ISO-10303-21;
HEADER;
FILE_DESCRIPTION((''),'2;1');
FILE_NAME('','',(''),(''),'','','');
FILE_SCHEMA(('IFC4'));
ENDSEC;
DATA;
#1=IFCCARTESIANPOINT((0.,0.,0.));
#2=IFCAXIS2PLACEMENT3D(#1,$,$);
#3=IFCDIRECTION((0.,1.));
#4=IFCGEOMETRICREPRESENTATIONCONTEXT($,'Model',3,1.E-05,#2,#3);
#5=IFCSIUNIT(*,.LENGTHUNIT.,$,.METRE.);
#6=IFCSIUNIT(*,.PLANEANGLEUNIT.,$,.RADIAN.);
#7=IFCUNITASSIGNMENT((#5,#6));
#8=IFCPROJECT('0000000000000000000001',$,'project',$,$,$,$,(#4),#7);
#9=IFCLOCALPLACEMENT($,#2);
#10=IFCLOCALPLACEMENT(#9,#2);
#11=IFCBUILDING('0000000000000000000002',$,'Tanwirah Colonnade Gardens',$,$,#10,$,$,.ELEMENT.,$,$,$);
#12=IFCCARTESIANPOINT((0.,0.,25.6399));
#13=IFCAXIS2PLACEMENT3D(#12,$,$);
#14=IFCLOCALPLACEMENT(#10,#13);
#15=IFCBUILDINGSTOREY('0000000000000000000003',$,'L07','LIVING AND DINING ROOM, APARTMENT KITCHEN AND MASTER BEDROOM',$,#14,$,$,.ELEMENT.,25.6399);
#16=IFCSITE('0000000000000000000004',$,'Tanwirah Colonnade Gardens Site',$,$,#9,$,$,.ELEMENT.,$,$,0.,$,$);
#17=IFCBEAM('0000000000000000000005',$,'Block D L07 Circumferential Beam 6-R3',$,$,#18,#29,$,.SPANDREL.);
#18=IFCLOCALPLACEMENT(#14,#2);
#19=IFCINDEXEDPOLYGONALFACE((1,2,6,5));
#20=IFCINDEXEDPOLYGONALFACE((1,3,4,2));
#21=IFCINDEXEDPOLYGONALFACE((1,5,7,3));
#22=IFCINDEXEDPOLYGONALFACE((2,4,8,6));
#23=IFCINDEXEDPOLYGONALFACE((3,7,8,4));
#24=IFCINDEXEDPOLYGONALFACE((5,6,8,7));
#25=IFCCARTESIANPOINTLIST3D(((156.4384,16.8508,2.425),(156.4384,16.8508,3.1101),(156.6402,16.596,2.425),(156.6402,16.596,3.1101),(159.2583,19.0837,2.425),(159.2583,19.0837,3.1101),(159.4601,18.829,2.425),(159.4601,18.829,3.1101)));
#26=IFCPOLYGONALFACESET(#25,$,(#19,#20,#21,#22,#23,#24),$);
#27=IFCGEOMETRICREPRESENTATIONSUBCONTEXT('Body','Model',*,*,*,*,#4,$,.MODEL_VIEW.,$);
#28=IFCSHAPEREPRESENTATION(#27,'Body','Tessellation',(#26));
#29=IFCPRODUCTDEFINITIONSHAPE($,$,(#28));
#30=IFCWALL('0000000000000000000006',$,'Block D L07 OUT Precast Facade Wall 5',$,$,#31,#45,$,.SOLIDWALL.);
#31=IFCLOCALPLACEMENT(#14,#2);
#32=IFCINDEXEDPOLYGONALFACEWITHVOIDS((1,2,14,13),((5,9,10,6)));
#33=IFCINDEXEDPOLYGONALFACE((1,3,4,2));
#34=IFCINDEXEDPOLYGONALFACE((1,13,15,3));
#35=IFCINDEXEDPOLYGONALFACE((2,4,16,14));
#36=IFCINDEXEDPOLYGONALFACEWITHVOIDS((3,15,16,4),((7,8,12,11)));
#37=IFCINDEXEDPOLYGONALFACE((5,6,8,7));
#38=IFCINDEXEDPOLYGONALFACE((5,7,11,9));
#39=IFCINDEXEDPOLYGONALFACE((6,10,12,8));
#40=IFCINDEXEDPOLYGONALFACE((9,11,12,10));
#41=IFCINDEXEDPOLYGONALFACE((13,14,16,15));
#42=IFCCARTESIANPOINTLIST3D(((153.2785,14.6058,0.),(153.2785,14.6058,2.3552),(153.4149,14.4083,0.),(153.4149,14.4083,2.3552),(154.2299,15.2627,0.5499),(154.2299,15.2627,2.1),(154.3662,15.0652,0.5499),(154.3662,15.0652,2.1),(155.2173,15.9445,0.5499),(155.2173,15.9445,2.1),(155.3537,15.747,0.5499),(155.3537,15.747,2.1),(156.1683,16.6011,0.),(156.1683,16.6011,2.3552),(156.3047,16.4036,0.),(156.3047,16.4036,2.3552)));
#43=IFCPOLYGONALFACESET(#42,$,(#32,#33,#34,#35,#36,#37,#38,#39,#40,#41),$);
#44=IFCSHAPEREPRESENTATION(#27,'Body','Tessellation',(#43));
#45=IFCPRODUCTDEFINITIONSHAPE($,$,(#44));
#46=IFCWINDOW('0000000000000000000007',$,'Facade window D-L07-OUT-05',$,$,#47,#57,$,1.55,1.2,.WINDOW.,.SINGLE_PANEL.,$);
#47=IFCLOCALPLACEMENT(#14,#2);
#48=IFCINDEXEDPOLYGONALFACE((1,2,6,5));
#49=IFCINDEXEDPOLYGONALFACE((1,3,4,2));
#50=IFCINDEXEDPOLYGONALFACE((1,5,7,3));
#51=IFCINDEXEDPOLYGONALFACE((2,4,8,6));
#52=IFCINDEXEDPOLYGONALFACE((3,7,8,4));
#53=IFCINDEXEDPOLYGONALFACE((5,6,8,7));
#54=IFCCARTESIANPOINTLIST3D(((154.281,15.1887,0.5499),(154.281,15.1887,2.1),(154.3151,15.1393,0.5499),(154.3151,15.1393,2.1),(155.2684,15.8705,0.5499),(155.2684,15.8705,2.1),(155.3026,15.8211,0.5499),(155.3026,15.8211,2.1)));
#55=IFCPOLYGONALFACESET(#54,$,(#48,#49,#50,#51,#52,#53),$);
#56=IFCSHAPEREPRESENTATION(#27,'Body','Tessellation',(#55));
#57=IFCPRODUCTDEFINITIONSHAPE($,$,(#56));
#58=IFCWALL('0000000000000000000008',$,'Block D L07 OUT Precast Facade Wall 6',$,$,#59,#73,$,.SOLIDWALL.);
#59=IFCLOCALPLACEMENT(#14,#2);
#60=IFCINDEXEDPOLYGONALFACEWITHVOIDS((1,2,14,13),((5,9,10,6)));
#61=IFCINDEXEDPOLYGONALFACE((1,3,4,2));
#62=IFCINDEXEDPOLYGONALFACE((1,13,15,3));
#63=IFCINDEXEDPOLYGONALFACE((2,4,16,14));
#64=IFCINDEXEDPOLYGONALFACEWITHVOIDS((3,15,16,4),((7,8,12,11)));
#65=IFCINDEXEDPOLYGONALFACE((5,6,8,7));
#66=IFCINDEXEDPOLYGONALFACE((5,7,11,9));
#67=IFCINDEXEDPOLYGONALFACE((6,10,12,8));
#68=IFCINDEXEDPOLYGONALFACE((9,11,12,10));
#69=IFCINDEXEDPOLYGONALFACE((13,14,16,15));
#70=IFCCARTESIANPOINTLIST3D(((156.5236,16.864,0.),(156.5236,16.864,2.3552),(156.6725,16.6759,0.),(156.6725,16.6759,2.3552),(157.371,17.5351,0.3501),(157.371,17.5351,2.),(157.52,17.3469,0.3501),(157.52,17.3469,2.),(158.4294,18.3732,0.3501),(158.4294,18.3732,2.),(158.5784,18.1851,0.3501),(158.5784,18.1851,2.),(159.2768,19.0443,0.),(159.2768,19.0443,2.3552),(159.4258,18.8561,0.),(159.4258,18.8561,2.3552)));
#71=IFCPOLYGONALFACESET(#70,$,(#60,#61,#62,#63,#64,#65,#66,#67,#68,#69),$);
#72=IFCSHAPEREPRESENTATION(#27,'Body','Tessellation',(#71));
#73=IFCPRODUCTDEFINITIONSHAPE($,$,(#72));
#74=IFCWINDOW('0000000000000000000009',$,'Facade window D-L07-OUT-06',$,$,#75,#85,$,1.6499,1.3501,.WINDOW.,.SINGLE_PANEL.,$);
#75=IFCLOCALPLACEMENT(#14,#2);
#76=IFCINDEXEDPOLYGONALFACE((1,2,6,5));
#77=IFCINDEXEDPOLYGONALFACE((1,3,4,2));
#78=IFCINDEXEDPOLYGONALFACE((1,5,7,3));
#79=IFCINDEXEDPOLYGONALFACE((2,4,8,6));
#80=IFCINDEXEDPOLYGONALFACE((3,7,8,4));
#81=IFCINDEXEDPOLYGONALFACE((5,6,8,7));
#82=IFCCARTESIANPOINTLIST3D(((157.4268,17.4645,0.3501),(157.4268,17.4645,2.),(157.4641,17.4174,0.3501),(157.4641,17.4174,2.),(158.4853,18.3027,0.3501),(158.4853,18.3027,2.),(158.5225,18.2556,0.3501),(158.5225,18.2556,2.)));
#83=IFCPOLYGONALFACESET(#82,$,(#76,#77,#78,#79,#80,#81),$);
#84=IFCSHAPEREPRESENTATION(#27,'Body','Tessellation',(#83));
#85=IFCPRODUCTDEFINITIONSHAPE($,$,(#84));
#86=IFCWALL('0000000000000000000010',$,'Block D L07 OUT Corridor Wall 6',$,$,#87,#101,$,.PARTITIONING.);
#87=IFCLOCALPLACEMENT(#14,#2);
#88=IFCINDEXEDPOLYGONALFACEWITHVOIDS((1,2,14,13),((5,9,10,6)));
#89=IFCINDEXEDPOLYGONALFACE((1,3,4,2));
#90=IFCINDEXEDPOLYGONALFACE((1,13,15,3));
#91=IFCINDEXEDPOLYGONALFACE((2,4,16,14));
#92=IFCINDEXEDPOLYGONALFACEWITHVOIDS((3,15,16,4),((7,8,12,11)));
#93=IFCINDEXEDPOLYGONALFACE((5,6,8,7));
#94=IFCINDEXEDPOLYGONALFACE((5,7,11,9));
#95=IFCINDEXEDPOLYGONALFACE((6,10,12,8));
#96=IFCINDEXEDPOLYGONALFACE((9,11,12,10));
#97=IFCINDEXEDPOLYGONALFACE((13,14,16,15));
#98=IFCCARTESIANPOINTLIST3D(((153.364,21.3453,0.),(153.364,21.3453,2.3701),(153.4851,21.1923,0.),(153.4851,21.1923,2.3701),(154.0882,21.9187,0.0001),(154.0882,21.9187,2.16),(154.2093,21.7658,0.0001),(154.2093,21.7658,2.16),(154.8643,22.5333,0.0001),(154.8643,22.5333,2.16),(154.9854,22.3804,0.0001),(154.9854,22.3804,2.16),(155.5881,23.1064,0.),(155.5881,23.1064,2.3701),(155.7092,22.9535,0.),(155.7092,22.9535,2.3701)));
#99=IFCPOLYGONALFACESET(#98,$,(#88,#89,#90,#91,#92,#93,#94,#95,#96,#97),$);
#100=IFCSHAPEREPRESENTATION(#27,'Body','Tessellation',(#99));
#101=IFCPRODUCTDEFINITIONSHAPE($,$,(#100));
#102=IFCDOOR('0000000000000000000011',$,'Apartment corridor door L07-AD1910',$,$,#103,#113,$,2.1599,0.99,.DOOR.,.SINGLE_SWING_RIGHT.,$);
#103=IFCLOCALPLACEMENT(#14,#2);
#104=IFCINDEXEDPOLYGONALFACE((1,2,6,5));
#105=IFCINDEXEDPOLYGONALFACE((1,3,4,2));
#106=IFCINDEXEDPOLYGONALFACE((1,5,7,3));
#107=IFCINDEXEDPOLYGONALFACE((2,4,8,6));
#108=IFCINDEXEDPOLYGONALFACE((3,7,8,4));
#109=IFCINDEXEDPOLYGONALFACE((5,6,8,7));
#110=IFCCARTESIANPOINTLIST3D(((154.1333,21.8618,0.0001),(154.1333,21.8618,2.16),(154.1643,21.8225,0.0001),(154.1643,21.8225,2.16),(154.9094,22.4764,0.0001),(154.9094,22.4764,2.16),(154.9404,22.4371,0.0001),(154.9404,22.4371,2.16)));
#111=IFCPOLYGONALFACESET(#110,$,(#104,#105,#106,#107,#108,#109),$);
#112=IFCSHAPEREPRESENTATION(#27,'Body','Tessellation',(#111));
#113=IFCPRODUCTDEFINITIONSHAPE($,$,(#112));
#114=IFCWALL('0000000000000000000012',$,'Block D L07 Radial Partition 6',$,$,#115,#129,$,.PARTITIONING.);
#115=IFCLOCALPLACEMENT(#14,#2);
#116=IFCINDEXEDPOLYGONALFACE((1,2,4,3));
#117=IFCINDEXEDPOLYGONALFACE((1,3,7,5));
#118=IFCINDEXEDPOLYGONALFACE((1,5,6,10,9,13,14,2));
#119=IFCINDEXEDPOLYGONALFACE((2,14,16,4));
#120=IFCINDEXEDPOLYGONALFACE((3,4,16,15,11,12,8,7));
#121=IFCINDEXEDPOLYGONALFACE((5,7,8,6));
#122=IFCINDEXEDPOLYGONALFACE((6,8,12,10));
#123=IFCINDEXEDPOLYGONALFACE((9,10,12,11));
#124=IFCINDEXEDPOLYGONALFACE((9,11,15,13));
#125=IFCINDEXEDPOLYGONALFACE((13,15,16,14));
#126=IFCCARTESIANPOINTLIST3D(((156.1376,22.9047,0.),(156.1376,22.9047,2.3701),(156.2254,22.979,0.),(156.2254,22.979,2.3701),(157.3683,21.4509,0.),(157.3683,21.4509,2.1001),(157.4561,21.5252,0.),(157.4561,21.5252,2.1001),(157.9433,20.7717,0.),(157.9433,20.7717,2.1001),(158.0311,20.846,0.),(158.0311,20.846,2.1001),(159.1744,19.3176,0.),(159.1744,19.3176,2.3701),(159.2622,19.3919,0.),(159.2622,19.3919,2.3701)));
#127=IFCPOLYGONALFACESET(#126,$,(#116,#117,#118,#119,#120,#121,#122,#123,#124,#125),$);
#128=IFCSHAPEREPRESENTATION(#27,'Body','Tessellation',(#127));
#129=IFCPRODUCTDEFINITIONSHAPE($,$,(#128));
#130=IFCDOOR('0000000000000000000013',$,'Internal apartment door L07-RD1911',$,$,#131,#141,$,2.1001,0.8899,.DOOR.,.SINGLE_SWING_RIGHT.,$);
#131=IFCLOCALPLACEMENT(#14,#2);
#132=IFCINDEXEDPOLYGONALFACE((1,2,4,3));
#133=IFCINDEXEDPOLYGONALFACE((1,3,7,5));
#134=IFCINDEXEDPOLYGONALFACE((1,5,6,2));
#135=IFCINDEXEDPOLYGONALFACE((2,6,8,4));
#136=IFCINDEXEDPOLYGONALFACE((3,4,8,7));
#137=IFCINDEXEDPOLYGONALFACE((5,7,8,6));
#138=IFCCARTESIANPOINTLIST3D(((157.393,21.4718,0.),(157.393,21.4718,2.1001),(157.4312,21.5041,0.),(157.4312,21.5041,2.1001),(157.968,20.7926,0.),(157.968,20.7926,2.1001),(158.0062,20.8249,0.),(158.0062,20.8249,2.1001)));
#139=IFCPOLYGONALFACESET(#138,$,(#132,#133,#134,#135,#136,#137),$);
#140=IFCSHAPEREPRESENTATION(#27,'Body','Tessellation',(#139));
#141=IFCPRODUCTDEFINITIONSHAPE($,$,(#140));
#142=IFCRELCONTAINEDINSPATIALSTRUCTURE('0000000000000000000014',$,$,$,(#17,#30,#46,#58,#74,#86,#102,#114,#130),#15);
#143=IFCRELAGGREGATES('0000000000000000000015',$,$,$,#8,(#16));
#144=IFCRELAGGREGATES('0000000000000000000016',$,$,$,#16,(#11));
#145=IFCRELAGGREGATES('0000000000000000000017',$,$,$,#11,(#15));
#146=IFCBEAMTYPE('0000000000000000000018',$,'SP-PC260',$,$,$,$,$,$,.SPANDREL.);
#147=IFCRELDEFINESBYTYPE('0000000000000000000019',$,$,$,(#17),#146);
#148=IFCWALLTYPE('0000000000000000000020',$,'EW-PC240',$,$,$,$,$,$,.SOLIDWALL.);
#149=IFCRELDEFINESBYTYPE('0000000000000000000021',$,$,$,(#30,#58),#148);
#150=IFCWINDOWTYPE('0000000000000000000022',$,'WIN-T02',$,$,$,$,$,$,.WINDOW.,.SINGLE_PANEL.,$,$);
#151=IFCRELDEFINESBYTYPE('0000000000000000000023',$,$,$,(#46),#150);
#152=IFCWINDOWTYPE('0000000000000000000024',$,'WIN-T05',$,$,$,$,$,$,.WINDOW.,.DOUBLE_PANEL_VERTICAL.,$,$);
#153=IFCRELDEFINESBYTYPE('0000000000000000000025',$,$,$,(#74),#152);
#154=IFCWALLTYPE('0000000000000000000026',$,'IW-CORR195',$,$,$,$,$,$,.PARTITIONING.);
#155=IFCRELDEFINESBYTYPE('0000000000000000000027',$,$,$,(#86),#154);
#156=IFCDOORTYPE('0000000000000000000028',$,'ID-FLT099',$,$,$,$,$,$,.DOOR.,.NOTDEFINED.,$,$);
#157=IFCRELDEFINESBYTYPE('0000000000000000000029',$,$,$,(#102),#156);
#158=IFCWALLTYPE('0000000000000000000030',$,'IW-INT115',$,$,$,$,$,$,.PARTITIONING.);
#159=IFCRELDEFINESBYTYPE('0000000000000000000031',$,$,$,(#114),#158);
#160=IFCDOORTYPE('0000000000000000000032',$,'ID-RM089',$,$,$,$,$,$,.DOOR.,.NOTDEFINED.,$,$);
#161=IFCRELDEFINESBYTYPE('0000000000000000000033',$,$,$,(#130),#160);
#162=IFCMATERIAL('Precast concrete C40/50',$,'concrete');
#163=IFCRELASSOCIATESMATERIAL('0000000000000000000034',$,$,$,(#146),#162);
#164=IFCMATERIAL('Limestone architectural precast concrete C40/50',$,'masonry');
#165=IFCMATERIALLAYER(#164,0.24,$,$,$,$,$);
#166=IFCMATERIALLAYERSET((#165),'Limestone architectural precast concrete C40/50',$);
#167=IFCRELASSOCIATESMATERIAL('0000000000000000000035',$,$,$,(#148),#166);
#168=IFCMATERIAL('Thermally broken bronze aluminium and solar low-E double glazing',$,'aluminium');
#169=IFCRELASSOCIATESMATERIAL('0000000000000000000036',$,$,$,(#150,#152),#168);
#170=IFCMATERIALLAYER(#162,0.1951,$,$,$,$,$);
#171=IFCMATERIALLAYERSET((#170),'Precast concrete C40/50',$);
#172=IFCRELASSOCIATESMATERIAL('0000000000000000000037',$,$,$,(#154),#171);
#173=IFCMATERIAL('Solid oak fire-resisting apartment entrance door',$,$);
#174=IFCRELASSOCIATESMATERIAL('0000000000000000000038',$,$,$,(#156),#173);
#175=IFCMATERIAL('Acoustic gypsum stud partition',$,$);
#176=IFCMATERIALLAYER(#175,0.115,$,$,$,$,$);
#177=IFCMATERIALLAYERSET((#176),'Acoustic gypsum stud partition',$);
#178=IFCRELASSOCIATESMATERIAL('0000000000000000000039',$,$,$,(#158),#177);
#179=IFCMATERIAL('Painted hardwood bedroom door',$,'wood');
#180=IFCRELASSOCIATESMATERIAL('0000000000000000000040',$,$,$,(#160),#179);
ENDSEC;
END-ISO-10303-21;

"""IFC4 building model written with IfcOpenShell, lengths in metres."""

from ifc_helpers import new_model, si_unit, direction, frame, frame_2d, origin, origin_2d, place, context, subcontext, project, spatial, rectangle, extrude, material, layer, layer_set, material_profile, profile_set, type_object, element, fill, save


model = new_model("IFC4")

# Units and contexts
model_context = context("Model", 3, precision=1e-05, world=origin(), true_north=direction((0.0, 1.0)))
body_context = subcontext(model_context, "Body", "Model", "MODEL_VIEW")
ifc_project = project(units=[si_unit("LENGTHUNIT", "METRE"), si_unit("PLANEANGLEUNIT", "RADIAN")], contexts=[model_context])

# Site, building, storey
site_placement = place(None, origin())
site = spatial("IfcSite", under=ifc_project, at=site_placement, Name="Tanwirah Colonnade Gardens Site", CompositionType="ELEMENT", RefElevation=0.0)
building_placement = place(site_placement, origin())
building = spatial("IfcBuilding", under=site, at=building_placement, Name="Tanwirah Colonnade Gardens", CompositionType="ELEMENT")
storey_placement = place(building_placement, frame((0.0, 0.0, 25.6399)))
storey = spatial("IfcBuildingStorey", under=building, at=storey_placement, Name="L07", Description="LIVING AND DINING ROOM, APARTMENT KITCHEN AND MASTER BEDROOM", CompositionType="ELEMENT", Elevation=25.6399)

# Shared definitions
ifc_material_1 = material(Name="Precast concrete C40/50", Category="concrete")

# Beam
ifc_material_profile_1 = material_profile(ifc_material_1, rectangle(XDim=0.325, YDim=0.6851, at=origin_2d()), Name="PC-SP 325x685")
ifc_profile_set_1 = profile_set([ifc_material_profile_1], Name="Precast concrete C40/50")
beam_type_1 = type_object("IfcBeamType", Name="SP-PC260", PredefinedType="SPANDREL", material=ifc_profile_set_1)
for number, where, z_axis, x_axis, name in (
    (1, (156.5393, 16.7234, 2.7676), (0.783971, 0.620797, 0.0), (-0.620797, 0.783971, 0.0), "Block D L07 Circumferential Beam 6-R3"),
):
    element("IfcBeam", number, at=place(storey_placement, frame(where, z_axis=z_axis, x_axis=x_axis)), inside=storey, type_object=beam_type_1, Name=name, PredefinedType="SPANDREL", context=body_context, shape_type="SweptSolid", body=[
        extrude(rectangle(XDim=0.325, YDim=0.6851, at=origin_2d()), origin(), (0.0, 0.0, 1.0), 3.5969),
    ])

# Walls, openings, windows
ifc_material_2 = material(Name="Limestone architectural precast concrete C40/50", Category="masonry")
ifc_layer_1 = layer(ifc_material_2, 0.24)
ifc_layer_set_1 = layer_set([ifc_layer_1], Name="Limestone architectural precast concrete C40/50")
wall_type_1 = type_object("IfcWallType", Name="EW-PC240", PredefinedType="SOLIDWALL", material=ifc_layer_set_1)
wall_1_placement = place(storey_placement, frame((153.3467, 14.5071, 0.0), z_axis=(0.0, 0.0, 1.0), x_axis=(0.822902, 0.568183, 0.0)))
wall_1 = element("IfcWall", 2, at=wall_1_placement, inside=storey, type_object=wall_type_1, Name="Block D L07 OUT Precast Facade Wall 5", PredefinedType="SOLIDWALL", context=body_context, shape_type="SweptSolid", body=[
    extrude(rectangle(XDim=3.5117, YDim=0.24, at=frame_2d((1.7559, 0.0))), origin(), (0.0, 0.0, 1.0), 2.3552),
])
opening_1_placement = place(wall_1_placement, frame((1.156, 0.0, 0.55)))
opening_1 = element("IfcOpeningElement", 3, at=opening_1_placement, cuts=wall_1, PredefinedType="OPENING", context=body_context, shape_type="SweptSolid", body=[
    extrude(rectangle(XDim=1.2, YDim=1.55, at=frame_2d((0.6001, 0.7749))), frame((0.0, 0.1299, 0.0), z_axis=(0.0, -1.0, 0.0), x_axis=(1.0, 0.0, 0.0)), (0.0, 0.0, 1.0), 0.26),
])
ifc_material_3 = material(Name="Thermally broken bronze aluminium and solar low-E double glazing", Category="aluminium")
window_type_1 = type_object("IfcWindowType", Name="WIN-T02", PartitioningType="SINGLE_PANEL", PredefinedType="WINDOW", material=ifc_material_3)
window_1_placement = place(opening_1_placement, origin())
window_1 = element("IfcWindow", 4, at=window_1_placement, inside=storey, type_object=window_type_1, Name="Facade window D-L07-OUT-05", OverallHeight=1.55, OverallWidth=1.2, PartitioningType="SINGLE_PANEL", PredefinedType="WINDOW", context=body_context, shape_type="SweptSolid", body=[
    extrude(rectangle(XDim=1.2, YDim=1.55, at=frame_2d((0.6001, 0.7749))), frame((0.0, 0.03, 0.0), z_axis=(0.0, -1.0, 0.0), x_axis=(1.0, 0.0, 0.0)), (0.0, 0.0, 1.0), 0.0601),
])
fill(opening_1, window_1)
wall_2_placement = place(storey_placement, frame((156.5981, 16.77, 0.0), z_axis=(0.0, 0.0, 1.0), x_axis=(0.783965, 0.620804, 0.0)))
wall_2 = element("IfcWall", 5, at=wall_2_placement, inside=storey, type_object=wall_type_1, Name="Block D L07 OUT Precast Facade Wall 6", PredefinedType="SOLIDWALL", context=body_context, shape_type="SweptSolid", body=[
    extrude(rectangle(XDim=3.512, YDim=0.24, at=frame_2d((1.7559, 0.0))), origin(), (0.0, 0.0, 1.0), 2.3552),
])
opening_2_placement = place(wall_2_placement, frame((1.0808, 0.0, 0.3501)))
opening_2 = element("IfcOpeningElement", 6, at=opening_2_placement, cuts=wall_2, PredefinedType="OPENING", context=body_context, shape_type="SweptSolid", body=[
    extrude(rectangle(XDim=1.3501, YDim=1.6499, at=frame_2d((0.675, 0.825))), frame((0.0, 0.1299, 0.0), z_axis=(0.0, -1.0, 0.0), x_axis=(1.0, 0.0, 0.0)), (0.0, 0.0, 1.0), 0.26),
])
window_type_2 = type_object("IfcWindowType", Name="WIN-T05", PartitioningType="DOUBLE_PANEL_VERTICAL", PredefinedType="WINDOW", material=ifc_material_3)
window_2_placement = place(opening_2_placement, origin())
window_2 = element("IfcWindow", 7, at=window_2_placement, inside=storey, type_object=window_type_2, Name="Facade window D-L07-OUT-06", OverallHeight=1.6499, OverallWidth=1.3501, PartitioningType="SINGLE_PANEL", PredefinedType="WINDOW", context=body_context, shape_type="SweptSolid", body=[
    extrude(rectangle(XDim=1.3501, YDim=1.6499, at=frame_2d((0.675, 0.825))), frame((0.0, 0.03, 0.0), z_axis=(0.0, -1.0, 0.0), x_axis=(1.0, 0.0, 0.0)), (0.0, 0.0, 1.0), 0.0601),
])
fill(opening_2, window_2)

# Walls, openings, doors
ifc_layer_2 = layer(ifc_material_1, 0.1951)
ifc_layer_set_2 = layer_set([ifc_layer_2], Name="Precast concrete C40/50")
wall_type_2 = type_object("IfcWallType", Name="IW-CORR195", PredefinedType="PARTITIONING", material=ifc_layer_set_2)
wall_3_placement = place(storey_placement, frame((153.4246, 21.2688, 0.0), z_axis=(0.0, 0.0, 1.0), x_axis=(0.783966, 0.620804, 0.0)))
wall_3 = element("IfcWall", 8, at=wall_3_placement, inside=storey, type_object=wall_type_2, Name="Block D L07 OUT Corridor Wall 6", PredefinedType="PARTITIONING", context=body_context, shape_type="SweptSolid", body=[
    extrude(rectangle(XDim=2.8369, YDim=0.1951, at=frame_2d((1.4185, 0.0))), origin(), (0.0, 0.0, 1.0), 2.3701),
])
opening_3_placement = place(wall_3_placement, frame((0.9236, 0.0, 0.0)))
opening_3 = element("IfcOpeningElement", 9, at=opening_3_placement, cuts=wall_3, PredefinedType="OPENING", context=body_context, shape_type="SweptSolid", body=[
    extrude(rectangle(XDim=0.99, YDim=2.1599, at=frame_2d((0.4951, 1.0801))), frame((0.0, 0.1074, 0.0), z_axis=(0.0, -1.0, 0.0), x_axis=(1.0, 0.0, 0.0)), (0.0, 0.0, 1.0), 0.2151),
])
ifc_material_4 = material(Name="Solid oak fire-resisting apartment entrance door")
door_type_1 = type_object("IfcDoorType", Name="ID-FLT099", OperationType="NOTDEFINED", PredefinedType="DOOR", material=ifc_material_4)
door_1_placement = place(opening_3_placement, origin())
door_1 = element("IfcDoor", 10, at=door_1_placement, inside=storey, type_object=door_type_1, Name="Apartment corridor door L07-AD1910", OperationType="SINGLE_SWING_RIGHT", OverallHeight=2.1599, OverallWidth=0.99, PredefinedType="DOOR", context=body_context, shape_type="SweptSolid", body=[
    extrude(rectangle(XDim=0.99, YDim=2.1599, at=frame_2d((0.4951, 1.0801))), frame((0.0, 0.0249, 0.0), z_axis=(0.0, -1.0, 0.0), x_axis=(1.0, 0.0, 0.0)), (0.0, 0.0, 1.0), 0.05),
])
fill(opening_3, door_1)
ifc_material_5 = material(Name="Acoustic gypsum stud partition")
ifc_layer_3 = layer(ifc_material_5, 0.115)
ifc_layer_set_3 = layer_set([ifc_layer_3], Name="Acoustic gypsum stud partition")
wall_type_3 = type_object("IfcWallType", Name="IW-INT115", PredefinedType="PARTITIONING", material=ifc_layer_set_3)
wall_4_placement = place(storey_placement, frame((156.1814, 22.9419, 0.0), z_axis=(0.0, 0.0, 1.0), x_axis=(0.646138, -0.763221, 0.0)))
wall_4 = element("IfcWall", 11, at=wall_4_placement, inside=storey, type_object=wall_type_3, Name="Block D L07 Radial Partition 6", PredefinedType="PARTITIONING", context=body_context, shape_type="SweptSolid", body=[
    extrude(rectangle(XDim=4.7, YDim=0.115, at=frame_2d((2.3501, 0.0))), origin(), (0.0, 0.0, 1.0), 2.3701),
])
opening_4_placement = place(wall_4_placement, frame((1.905, 0.0, 0.0)))
opening_4 = element("IfcOpeningElement", 12, at=opening_4_placement, cuts=wall_4, PredefinedType="OPENING", context=body_context, shape_type="SweptSolid", body=[
    extrude(rectangle(XDim=0.8899, YDim=2.1001, at=frame_2d((0.4448, 1.05))), frame((0.0, 0.0674, 0.0), z_axis=(0.0, -1.0, 0.0), x_axis=(1.0, 0.0, 0.0)), (0.0, 0.0, 1.0), 0.135),
])
ifc_material_6 = material(Name="Painted hardwood bedroom door", Category="wood")
door_type_2 = type_object("IfcDoorType", Name="ID-RM089", OperationType="NOTDEFINED", PredefinedType="DOOR", material=ifc_material_6)
door_2_placement = place(opening_4_placement, origin())
door_2 = element("IfcDoor", 13, at=door_2_placement, inside=storey, type_object=door_type_2, Name="Internal apartment door L07-RD1911", OperationType="SINGLE_SWING_RIGHT", OverallHeight=2.1001, OverallWidth=0.8899, PredefinedType="DOOR", context=body_context, shape_type="SweptSolid", body=[
    extrude(rectangle(XDim=0.8899, YDim=2.1001, at=frame_2d((0.4448, 1.05))), frame((0.0, 0.0249, 0.0), z_axis=(0.0, -1.0, 0.0), x_axis=(1.0, 0.0, 0.0)), (0.0, 0.0, 1.0), 0.05),
])
fill(opening_4, door_2)

save(model, "model.ifc")
